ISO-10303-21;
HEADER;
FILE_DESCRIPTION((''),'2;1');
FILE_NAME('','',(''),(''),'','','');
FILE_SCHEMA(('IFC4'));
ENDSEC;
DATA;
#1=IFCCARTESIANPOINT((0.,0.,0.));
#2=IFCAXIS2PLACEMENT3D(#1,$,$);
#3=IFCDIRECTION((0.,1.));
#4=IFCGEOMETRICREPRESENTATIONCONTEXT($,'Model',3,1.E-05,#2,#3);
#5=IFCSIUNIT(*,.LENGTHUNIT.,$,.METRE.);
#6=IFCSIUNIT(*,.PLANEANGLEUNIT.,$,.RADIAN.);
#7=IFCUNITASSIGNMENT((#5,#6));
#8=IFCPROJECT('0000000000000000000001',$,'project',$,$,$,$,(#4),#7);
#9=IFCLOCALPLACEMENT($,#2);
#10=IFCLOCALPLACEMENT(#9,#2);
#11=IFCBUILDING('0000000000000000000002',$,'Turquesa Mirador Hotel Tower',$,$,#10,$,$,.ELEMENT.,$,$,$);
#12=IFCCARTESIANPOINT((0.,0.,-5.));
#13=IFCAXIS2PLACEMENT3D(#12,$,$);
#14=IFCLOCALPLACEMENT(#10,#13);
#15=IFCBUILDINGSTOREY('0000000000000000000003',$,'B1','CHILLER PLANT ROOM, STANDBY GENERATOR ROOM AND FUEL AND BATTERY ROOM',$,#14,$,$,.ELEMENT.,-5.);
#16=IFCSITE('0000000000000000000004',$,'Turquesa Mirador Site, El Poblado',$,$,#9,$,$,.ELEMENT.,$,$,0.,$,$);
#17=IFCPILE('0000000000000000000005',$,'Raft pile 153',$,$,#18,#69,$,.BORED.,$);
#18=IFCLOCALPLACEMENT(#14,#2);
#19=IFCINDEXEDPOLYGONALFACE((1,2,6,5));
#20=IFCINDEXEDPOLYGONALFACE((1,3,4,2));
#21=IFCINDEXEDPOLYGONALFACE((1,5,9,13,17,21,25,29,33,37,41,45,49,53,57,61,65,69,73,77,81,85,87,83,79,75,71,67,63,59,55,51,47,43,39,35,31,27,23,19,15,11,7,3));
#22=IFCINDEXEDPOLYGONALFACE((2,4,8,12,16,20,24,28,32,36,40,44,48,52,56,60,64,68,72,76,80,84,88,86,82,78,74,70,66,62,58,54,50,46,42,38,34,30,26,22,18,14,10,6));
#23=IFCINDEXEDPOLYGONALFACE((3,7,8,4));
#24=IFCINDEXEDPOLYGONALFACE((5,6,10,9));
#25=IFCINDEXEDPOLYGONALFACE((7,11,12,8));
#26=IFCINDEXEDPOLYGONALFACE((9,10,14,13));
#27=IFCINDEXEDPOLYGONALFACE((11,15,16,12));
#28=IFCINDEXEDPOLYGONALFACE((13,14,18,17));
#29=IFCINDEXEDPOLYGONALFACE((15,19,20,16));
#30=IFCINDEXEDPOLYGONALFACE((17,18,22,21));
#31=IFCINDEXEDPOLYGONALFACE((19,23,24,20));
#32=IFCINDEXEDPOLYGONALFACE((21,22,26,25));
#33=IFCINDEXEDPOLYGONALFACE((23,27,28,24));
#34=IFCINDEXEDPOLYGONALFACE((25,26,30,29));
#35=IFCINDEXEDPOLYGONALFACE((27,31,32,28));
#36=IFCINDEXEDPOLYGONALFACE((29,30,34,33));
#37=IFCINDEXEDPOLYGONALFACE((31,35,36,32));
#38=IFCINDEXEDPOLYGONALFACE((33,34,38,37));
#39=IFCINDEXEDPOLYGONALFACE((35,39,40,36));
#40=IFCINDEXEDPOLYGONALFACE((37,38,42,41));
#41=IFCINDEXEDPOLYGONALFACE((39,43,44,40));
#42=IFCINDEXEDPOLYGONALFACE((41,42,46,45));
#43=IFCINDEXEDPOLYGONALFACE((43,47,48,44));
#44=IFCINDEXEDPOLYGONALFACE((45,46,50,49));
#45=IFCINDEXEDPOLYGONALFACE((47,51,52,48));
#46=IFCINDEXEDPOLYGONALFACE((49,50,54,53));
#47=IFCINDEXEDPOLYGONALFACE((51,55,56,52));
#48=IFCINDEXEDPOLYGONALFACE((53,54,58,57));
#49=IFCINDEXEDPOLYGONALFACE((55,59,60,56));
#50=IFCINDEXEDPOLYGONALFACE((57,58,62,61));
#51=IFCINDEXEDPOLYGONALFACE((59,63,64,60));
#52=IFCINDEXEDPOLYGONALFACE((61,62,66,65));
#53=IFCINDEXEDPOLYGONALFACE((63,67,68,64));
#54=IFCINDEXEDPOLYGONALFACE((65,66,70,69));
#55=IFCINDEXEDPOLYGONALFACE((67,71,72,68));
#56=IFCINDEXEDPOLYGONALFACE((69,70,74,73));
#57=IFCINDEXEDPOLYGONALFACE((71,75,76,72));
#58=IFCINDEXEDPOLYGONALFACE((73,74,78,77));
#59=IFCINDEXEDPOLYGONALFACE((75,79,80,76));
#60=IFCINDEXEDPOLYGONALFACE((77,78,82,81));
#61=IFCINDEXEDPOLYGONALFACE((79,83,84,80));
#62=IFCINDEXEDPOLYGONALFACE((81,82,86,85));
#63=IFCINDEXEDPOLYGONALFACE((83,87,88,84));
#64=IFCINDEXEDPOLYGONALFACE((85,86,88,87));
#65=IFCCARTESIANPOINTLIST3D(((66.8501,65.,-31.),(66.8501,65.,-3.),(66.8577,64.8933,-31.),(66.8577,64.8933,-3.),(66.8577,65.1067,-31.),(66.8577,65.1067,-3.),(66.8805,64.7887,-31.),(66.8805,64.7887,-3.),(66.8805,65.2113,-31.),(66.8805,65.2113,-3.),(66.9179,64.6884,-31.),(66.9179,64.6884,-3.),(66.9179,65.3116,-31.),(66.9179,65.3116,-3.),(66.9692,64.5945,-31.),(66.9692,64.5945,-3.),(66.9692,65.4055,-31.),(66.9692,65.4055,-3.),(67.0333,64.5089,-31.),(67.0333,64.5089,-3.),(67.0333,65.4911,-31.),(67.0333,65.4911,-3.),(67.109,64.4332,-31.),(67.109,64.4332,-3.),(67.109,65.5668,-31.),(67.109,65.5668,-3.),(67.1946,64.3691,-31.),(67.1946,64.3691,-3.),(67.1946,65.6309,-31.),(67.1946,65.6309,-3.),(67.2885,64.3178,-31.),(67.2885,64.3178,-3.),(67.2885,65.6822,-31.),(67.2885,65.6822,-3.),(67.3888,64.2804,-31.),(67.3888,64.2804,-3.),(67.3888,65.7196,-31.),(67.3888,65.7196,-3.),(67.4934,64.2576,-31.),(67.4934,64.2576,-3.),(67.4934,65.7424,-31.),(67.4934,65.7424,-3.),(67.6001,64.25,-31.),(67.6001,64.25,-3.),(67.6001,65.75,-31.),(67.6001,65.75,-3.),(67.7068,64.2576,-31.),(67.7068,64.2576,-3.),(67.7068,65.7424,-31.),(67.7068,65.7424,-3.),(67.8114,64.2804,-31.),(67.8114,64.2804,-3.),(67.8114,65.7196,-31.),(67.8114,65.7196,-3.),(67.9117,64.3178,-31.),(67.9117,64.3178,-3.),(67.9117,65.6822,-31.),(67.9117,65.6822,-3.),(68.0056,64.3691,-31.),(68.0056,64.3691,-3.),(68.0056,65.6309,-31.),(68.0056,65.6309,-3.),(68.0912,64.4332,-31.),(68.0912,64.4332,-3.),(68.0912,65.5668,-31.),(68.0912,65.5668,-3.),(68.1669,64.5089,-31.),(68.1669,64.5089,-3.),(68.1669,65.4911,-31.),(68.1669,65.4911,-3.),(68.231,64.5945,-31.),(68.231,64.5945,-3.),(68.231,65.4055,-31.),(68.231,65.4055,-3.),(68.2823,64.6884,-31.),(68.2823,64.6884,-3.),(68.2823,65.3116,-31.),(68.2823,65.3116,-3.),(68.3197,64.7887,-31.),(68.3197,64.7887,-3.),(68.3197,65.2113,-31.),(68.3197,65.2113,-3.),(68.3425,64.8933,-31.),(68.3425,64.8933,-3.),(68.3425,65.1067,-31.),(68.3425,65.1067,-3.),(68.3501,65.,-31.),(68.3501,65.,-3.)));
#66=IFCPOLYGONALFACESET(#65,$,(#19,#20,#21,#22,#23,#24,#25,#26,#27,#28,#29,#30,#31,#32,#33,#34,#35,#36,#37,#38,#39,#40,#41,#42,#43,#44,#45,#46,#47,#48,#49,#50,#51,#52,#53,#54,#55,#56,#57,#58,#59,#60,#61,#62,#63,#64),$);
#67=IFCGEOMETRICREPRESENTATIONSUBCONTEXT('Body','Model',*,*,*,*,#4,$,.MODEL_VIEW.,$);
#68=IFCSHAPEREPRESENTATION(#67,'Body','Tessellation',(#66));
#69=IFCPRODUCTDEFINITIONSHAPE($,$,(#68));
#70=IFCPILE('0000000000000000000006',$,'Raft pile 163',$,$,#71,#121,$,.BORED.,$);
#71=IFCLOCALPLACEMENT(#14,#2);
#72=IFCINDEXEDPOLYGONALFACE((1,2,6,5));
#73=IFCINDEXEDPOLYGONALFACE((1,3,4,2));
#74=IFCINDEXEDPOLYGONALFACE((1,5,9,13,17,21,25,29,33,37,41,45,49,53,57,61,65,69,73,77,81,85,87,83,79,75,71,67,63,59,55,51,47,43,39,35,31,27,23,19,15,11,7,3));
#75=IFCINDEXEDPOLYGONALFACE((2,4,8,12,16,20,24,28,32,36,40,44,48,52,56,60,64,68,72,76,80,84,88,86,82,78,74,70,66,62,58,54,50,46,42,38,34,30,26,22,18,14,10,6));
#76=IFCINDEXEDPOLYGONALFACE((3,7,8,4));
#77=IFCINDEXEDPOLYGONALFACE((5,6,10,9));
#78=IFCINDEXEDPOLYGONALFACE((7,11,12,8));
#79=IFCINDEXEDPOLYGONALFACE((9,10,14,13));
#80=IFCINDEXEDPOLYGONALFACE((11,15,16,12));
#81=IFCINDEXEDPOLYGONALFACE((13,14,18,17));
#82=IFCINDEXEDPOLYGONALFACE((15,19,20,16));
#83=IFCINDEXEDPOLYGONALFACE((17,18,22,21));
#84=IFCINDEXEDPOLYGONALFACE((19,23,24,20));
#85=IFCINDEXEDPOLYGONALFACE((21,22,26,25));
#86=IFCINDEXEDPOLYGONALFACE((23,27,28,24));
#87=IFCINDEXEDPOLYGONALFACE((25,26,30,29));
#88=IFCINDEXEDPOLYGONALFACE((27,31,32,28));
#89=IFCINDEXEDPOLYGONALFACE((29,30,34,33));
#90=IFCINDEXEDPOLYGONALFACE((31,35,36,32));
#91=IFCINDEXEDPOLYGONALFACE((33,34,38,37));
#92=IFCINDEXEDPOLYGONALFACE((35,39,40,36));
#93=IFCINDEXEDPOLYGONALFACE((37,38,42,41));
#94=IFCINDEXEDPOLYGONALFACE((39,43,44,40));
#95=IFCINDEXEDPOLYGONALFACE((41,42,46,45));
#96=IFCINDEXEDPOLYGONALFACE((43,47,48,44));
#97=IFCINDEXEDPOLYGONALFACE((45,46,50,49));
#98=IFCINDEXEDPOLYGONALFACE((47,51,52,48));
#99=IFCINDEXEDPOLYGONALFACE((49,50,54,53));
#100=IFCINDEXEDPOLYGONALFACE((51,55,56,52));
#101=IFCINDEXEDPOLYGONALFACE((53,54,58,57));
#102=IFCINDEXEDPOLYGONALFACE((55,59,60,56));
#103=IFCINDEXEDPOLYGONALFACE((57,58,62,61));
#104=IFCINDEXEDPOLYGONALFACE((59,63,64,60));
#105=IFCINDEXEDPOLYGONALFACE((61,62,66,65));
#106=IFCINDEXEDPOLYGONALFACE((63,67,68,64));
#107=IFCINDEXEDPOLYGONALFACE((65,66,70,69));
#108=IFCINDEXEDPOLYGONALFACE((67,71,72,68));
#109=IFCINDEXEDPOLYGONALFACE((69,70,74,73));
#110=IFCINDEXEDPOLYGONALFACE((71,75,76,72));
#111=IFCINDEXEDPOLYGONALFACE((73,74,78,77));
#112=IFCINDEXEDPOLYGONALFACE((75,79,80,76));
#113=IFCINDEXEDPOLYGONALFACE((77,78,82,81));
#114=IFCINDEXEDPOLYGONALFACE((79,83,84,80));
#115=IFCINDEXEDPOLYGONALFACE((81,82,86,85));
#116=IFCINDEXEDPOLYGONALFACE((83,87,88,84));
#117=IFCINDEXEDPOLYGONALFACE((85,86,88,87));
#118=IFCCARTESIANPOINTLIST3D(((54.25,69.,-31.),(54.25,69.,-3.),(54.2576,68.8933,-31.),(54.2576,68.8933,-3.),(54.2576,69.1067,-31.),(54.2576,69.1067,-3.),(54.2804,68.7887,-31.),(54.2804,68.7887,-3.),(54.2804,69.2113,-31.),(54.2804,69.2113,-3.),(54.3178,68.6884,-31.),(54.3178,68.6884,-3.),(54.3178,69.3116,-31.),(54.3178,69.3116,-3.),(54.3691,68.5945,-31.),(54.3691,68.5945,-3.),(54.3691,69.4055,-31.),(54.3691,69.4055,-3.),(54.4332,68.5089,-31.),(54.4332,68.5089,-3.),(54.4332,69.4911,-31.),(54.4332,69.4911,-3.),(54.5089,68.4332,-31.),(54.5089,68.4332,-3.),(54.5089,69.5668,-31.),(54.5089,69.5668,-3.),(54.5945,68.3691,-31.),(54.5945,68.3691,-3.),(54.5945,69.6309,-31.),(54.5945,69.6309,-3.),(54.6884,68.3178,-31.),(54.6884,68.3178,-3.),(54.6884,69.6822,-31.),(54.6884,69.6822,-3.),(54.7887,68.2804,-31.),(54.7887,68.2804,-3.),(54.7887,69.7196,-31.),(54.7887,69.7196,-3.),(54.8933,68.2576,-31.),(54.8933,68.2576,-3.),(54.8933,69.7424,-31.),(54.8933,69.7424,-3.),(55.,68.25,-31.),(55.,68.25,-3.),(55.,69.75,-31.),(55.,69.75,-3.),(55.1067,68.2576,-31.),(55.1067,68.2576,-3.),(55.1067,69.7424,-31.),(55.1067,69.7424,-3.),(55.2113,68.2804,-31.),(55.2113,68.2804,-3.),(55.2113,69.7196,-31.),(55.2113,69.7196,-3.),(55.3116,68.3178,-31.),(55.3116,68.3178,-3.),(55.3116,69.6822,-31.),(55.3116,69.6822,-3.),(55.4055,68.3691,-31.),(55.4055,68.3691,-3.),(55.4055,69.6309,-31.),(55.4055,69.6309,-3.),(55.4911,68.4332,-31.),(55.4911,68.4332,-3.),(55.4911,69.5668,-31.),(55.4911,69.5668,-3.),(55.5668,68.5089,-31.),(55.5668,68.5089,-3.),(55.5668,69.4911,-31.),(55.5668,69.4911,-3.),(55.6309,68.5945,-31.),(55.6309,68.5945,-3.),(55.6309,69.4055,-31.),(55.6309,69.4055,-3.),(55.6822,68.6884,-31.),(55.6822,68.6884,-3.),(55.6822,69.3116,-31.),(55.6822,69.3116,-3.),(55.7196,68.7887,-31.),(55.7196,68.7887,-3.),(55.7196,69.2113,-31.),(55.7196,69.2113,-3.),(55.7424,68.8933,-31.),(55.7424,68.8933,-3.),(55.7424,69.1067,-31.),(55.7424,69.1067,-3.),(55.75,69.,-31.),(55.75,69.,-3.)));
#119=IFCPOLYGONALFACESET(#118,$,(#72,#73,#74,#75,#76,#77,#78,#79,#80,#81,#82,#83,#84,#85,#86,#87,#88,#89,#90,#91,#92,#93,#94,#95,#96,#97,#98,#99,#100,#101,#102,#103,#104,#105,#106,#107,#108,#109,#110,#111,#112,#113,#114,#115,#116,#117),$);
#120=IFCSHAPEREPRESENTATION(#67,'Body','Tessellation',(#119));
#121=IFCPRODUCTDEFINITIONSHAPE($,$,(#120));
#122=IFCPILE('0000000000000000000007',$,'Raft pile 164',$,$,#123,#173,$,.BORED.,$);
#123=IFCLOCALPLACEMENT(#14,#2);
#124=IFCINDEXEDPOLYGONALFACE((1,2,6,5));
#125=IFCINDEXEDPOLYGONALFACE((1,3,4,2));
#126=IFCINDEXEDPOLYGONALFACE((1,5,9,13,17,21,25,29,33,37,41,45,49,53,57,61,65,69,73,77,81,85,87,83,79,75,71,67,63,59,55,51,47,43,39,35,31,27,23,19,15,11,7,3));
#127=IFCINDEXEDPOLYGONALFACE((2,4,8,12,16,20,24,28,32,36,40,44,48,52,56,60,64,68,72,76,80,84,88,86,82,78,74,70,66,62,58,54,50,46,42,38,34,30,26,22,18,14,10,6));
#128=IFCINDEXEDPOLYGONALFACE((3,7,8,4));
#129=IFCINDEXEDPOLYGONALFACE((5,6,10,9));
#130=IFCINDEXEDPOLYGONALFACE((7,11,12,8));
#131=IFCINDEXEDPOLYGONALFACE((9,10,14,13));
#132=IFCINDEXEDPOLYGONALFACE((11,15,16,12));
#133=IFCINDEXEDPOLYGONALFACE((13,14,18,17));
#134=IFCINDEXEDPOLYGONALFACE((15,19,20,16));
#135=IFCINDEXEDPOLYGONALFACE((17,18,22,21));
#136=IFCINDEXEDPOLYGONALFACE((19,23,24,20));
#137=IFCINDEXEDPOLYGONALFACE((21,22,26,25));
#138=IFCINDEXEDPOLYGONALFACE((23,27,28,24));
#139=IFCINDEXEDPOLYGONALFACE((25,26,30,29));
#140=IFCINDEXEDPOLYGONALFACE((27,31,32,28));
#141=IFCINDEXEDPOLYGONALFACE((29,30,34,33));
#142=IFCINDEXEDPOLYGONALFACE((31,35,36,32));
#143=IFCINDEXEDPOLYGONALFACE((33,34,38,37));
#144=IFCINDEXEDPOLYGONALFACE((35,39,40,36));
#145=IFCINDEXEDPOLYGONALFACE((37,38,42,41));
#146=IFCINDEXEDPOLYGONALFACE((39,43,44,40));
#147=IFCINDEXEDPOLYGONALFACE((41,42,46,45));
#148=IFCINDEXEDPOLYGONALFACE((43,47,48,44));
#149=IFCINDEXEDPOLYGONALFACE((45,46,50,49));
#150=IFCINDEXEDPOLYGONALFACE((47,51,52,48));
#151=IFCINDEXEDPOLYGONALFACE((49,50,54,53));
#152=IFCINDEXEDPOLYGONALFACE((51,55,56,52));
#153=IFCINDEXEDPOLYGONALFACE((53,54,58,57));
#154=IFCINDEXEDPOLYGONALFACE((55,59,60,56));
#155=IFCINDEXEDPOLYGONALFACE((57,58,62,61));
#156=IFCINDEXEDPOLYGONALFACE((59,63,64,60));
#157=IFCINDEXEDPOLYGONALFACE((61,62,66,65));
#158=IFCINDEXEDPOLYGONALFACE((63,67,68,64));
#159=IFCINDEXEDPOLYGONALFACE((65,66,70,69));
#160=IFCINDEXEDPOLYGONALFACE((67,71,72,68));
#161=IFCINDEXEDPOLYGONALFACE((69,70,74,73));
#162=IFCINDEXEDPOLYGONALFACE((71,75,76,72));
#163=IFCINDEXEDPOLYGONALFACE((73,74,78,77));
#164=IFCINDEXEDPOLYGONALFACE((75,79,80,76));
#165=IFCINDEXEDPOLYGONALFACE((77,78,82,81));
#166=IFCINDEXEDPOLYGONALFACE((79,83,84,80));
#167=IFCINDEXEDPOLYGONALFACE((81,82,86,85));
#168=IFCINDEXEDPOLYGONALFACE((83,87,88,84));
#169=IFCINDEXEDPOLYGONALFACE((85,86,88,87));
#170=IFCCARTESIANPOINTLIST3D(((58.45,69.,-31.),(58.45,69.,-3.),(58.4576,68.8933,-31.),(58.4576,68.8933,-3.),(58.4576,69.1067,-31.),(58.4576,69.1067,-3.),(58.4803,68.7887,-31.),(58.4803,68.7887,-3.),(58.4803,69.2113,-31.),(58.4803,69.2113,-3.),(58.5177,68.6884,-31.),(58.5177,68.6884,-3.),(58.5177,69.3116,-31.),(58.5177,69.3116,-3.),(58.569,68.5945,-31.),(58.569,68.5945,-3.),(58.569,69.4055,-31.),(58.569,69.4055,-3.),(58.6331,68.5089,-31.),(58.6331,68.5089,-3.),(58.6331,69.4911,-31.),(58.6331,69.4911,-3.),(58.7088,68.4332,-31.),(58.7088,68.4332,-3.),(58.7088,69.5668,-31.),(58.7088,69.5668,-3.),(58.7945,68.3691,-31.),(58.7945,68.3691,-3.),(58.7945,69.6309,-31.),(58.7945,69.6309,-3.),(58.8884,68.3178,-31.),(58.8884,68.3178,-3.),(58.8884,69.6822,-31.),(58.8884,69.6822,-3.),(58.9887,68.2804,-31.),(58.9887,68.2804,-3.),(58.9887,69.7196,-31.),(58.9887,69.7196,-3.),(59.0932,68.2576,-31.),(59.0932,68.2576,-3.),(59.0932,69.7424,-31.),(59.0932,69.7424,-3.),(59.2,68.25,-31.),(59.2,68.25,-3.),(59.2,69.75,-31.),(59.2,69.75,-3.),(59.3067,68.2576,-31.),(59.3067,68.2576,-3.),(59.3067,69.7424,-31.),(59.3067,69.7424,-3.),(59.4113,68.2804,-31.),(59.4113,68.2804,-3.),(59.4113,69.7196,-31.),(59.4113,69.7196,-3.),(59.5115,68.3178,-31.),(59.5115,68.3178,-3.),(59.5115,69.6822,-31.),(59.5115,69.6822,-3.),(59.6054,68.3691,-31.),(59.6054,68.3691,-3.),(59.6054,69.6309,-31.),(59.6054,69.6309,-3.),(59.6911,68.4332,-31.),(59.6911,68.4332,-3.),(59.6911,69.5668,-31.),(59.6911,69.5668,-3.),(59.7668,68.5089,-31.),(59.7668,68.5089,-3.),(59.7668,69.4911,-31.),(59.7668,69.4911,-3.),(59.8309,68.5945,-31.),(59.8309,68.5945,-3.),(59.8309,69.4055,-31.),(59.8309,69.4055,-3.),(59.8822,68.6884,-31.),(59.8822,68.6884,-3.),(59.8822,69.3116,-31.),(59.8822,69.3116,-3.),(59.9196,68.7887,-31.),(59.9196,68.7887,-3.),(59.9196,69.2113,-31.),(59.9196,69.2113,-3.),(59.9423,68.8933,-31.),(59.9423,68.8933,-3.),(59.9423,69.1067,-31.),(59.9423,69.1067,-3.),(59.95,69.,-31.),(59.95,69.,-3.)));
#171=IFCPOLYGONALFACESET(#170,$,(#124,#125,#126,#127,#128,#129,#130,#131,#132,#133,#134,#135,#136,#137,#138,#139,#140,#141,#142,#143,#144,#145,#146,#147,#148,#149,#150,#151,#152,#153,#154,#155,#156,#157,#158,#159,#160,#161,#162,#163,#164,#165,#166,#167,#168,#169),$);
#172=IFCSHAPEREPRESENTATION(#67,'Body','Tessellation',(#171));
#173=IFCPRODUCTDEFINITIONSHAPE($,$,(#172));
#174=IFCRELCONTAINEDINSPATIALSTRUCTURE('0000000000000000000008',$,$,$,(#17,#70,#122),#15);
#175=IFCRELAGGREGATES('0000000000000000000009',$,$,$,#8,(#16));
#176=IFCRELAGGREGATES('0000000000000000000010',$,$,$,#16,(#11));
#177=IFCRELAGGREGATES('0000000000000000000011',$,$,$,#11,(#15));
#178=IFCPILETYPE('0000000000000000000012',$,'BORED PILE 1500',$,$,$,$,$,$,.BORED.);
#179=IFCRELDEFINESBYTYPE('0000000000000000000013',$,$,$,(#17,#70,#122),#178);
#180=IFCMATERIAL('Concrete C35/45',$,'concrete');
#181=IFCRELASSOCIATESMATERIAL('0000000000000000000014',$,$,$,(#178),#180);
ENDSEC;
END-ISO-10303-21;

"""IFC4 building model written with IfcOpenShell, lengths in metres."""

from ifc_helpers import new_model, si_unit, direction, frame, origin, origin_2d, place, context, subcontext, project, spatial, circle, extrude, material, type_object, element, save


model = new_model("IFC4")

# Units and contexts
model_context = context("Model", 3, precision=1e-05, world=origin(), true_north=direction((0.0, 1.0)))
body_context = subcontext(model_context, "Body", "Model", "MODEL_VIEW")
ifc_project = project(units=[si_unit("LENGTHUNIT", "METRE"), si_unit("PLANEANGLEUNIT", "RADIAN")], contexts=[model_context])

# Site, building, storey
site_placement = place(None, origin())
site = spatial("IfcSite", under=ifc_project, at=site_placement, Name="Turquesa Mirador Site, El Poblado", CompositionType="ELEMENT", RefElevation=0.0)
building_placement = place(site_placement, origin())
building = spatial("IfcBuilding", under=site, at=building_placement, Name="Turquesa Mirador Hotel Tower", CompositionType="ELEMENT")
storey_placement = place(building_placement, frame((0.0, 0.0, -5.0)))
storey = spatial("IfcBuildingStorey", under=building, at=storey_placement, Name="B1", Description="CHILLER PLANT ROOM, STANDBY GENERATOR ROOM AND FUEL AND BATTERY ROOM", CompositionType="ELEMENT", Elevation=-5.0)

# Piles
ifc_material_1 = material(Name="Concrete C35/45", Category="concrete")
pile_type = type_object("IfcPileType", Name="BORED PILE 1500", PredefinedType="BORED", material=ifc_material_1)
for number, where, z_axis, x_axis, name in (
    (1, (67.6001, 65.0, -3.0), (0.0, 0.0, -1.0), (1.0, 0.0, 0.0), "Raft pile 153"),
    (2, (55.0, 69.0, -3.0), (0.0, 0.0, -1.0), (1.0, 0.0, 0.0), "Raft pile 163"),
    (3, (59.2, 69.0, -3.0), (0.0, 0.0, -1.0), (1.0, 0.0, 0.0), "Raft pile 164"),
):
    element("IfcPile", number, at=place(storey_placement, frame(where, z_axis=z_axis, x_axis=x_axis)), inside=storey, type_object=pile_type, Name=name, PredefinedType="BORED", context=body_context, shape_type="SweptSolid", body=[
        extrude(circle(Radius=0.75, at=origin_2d()), origin(), (0.0, 0.0, 1.0), 28.0),
    ])

save(model, "model.ifc")
